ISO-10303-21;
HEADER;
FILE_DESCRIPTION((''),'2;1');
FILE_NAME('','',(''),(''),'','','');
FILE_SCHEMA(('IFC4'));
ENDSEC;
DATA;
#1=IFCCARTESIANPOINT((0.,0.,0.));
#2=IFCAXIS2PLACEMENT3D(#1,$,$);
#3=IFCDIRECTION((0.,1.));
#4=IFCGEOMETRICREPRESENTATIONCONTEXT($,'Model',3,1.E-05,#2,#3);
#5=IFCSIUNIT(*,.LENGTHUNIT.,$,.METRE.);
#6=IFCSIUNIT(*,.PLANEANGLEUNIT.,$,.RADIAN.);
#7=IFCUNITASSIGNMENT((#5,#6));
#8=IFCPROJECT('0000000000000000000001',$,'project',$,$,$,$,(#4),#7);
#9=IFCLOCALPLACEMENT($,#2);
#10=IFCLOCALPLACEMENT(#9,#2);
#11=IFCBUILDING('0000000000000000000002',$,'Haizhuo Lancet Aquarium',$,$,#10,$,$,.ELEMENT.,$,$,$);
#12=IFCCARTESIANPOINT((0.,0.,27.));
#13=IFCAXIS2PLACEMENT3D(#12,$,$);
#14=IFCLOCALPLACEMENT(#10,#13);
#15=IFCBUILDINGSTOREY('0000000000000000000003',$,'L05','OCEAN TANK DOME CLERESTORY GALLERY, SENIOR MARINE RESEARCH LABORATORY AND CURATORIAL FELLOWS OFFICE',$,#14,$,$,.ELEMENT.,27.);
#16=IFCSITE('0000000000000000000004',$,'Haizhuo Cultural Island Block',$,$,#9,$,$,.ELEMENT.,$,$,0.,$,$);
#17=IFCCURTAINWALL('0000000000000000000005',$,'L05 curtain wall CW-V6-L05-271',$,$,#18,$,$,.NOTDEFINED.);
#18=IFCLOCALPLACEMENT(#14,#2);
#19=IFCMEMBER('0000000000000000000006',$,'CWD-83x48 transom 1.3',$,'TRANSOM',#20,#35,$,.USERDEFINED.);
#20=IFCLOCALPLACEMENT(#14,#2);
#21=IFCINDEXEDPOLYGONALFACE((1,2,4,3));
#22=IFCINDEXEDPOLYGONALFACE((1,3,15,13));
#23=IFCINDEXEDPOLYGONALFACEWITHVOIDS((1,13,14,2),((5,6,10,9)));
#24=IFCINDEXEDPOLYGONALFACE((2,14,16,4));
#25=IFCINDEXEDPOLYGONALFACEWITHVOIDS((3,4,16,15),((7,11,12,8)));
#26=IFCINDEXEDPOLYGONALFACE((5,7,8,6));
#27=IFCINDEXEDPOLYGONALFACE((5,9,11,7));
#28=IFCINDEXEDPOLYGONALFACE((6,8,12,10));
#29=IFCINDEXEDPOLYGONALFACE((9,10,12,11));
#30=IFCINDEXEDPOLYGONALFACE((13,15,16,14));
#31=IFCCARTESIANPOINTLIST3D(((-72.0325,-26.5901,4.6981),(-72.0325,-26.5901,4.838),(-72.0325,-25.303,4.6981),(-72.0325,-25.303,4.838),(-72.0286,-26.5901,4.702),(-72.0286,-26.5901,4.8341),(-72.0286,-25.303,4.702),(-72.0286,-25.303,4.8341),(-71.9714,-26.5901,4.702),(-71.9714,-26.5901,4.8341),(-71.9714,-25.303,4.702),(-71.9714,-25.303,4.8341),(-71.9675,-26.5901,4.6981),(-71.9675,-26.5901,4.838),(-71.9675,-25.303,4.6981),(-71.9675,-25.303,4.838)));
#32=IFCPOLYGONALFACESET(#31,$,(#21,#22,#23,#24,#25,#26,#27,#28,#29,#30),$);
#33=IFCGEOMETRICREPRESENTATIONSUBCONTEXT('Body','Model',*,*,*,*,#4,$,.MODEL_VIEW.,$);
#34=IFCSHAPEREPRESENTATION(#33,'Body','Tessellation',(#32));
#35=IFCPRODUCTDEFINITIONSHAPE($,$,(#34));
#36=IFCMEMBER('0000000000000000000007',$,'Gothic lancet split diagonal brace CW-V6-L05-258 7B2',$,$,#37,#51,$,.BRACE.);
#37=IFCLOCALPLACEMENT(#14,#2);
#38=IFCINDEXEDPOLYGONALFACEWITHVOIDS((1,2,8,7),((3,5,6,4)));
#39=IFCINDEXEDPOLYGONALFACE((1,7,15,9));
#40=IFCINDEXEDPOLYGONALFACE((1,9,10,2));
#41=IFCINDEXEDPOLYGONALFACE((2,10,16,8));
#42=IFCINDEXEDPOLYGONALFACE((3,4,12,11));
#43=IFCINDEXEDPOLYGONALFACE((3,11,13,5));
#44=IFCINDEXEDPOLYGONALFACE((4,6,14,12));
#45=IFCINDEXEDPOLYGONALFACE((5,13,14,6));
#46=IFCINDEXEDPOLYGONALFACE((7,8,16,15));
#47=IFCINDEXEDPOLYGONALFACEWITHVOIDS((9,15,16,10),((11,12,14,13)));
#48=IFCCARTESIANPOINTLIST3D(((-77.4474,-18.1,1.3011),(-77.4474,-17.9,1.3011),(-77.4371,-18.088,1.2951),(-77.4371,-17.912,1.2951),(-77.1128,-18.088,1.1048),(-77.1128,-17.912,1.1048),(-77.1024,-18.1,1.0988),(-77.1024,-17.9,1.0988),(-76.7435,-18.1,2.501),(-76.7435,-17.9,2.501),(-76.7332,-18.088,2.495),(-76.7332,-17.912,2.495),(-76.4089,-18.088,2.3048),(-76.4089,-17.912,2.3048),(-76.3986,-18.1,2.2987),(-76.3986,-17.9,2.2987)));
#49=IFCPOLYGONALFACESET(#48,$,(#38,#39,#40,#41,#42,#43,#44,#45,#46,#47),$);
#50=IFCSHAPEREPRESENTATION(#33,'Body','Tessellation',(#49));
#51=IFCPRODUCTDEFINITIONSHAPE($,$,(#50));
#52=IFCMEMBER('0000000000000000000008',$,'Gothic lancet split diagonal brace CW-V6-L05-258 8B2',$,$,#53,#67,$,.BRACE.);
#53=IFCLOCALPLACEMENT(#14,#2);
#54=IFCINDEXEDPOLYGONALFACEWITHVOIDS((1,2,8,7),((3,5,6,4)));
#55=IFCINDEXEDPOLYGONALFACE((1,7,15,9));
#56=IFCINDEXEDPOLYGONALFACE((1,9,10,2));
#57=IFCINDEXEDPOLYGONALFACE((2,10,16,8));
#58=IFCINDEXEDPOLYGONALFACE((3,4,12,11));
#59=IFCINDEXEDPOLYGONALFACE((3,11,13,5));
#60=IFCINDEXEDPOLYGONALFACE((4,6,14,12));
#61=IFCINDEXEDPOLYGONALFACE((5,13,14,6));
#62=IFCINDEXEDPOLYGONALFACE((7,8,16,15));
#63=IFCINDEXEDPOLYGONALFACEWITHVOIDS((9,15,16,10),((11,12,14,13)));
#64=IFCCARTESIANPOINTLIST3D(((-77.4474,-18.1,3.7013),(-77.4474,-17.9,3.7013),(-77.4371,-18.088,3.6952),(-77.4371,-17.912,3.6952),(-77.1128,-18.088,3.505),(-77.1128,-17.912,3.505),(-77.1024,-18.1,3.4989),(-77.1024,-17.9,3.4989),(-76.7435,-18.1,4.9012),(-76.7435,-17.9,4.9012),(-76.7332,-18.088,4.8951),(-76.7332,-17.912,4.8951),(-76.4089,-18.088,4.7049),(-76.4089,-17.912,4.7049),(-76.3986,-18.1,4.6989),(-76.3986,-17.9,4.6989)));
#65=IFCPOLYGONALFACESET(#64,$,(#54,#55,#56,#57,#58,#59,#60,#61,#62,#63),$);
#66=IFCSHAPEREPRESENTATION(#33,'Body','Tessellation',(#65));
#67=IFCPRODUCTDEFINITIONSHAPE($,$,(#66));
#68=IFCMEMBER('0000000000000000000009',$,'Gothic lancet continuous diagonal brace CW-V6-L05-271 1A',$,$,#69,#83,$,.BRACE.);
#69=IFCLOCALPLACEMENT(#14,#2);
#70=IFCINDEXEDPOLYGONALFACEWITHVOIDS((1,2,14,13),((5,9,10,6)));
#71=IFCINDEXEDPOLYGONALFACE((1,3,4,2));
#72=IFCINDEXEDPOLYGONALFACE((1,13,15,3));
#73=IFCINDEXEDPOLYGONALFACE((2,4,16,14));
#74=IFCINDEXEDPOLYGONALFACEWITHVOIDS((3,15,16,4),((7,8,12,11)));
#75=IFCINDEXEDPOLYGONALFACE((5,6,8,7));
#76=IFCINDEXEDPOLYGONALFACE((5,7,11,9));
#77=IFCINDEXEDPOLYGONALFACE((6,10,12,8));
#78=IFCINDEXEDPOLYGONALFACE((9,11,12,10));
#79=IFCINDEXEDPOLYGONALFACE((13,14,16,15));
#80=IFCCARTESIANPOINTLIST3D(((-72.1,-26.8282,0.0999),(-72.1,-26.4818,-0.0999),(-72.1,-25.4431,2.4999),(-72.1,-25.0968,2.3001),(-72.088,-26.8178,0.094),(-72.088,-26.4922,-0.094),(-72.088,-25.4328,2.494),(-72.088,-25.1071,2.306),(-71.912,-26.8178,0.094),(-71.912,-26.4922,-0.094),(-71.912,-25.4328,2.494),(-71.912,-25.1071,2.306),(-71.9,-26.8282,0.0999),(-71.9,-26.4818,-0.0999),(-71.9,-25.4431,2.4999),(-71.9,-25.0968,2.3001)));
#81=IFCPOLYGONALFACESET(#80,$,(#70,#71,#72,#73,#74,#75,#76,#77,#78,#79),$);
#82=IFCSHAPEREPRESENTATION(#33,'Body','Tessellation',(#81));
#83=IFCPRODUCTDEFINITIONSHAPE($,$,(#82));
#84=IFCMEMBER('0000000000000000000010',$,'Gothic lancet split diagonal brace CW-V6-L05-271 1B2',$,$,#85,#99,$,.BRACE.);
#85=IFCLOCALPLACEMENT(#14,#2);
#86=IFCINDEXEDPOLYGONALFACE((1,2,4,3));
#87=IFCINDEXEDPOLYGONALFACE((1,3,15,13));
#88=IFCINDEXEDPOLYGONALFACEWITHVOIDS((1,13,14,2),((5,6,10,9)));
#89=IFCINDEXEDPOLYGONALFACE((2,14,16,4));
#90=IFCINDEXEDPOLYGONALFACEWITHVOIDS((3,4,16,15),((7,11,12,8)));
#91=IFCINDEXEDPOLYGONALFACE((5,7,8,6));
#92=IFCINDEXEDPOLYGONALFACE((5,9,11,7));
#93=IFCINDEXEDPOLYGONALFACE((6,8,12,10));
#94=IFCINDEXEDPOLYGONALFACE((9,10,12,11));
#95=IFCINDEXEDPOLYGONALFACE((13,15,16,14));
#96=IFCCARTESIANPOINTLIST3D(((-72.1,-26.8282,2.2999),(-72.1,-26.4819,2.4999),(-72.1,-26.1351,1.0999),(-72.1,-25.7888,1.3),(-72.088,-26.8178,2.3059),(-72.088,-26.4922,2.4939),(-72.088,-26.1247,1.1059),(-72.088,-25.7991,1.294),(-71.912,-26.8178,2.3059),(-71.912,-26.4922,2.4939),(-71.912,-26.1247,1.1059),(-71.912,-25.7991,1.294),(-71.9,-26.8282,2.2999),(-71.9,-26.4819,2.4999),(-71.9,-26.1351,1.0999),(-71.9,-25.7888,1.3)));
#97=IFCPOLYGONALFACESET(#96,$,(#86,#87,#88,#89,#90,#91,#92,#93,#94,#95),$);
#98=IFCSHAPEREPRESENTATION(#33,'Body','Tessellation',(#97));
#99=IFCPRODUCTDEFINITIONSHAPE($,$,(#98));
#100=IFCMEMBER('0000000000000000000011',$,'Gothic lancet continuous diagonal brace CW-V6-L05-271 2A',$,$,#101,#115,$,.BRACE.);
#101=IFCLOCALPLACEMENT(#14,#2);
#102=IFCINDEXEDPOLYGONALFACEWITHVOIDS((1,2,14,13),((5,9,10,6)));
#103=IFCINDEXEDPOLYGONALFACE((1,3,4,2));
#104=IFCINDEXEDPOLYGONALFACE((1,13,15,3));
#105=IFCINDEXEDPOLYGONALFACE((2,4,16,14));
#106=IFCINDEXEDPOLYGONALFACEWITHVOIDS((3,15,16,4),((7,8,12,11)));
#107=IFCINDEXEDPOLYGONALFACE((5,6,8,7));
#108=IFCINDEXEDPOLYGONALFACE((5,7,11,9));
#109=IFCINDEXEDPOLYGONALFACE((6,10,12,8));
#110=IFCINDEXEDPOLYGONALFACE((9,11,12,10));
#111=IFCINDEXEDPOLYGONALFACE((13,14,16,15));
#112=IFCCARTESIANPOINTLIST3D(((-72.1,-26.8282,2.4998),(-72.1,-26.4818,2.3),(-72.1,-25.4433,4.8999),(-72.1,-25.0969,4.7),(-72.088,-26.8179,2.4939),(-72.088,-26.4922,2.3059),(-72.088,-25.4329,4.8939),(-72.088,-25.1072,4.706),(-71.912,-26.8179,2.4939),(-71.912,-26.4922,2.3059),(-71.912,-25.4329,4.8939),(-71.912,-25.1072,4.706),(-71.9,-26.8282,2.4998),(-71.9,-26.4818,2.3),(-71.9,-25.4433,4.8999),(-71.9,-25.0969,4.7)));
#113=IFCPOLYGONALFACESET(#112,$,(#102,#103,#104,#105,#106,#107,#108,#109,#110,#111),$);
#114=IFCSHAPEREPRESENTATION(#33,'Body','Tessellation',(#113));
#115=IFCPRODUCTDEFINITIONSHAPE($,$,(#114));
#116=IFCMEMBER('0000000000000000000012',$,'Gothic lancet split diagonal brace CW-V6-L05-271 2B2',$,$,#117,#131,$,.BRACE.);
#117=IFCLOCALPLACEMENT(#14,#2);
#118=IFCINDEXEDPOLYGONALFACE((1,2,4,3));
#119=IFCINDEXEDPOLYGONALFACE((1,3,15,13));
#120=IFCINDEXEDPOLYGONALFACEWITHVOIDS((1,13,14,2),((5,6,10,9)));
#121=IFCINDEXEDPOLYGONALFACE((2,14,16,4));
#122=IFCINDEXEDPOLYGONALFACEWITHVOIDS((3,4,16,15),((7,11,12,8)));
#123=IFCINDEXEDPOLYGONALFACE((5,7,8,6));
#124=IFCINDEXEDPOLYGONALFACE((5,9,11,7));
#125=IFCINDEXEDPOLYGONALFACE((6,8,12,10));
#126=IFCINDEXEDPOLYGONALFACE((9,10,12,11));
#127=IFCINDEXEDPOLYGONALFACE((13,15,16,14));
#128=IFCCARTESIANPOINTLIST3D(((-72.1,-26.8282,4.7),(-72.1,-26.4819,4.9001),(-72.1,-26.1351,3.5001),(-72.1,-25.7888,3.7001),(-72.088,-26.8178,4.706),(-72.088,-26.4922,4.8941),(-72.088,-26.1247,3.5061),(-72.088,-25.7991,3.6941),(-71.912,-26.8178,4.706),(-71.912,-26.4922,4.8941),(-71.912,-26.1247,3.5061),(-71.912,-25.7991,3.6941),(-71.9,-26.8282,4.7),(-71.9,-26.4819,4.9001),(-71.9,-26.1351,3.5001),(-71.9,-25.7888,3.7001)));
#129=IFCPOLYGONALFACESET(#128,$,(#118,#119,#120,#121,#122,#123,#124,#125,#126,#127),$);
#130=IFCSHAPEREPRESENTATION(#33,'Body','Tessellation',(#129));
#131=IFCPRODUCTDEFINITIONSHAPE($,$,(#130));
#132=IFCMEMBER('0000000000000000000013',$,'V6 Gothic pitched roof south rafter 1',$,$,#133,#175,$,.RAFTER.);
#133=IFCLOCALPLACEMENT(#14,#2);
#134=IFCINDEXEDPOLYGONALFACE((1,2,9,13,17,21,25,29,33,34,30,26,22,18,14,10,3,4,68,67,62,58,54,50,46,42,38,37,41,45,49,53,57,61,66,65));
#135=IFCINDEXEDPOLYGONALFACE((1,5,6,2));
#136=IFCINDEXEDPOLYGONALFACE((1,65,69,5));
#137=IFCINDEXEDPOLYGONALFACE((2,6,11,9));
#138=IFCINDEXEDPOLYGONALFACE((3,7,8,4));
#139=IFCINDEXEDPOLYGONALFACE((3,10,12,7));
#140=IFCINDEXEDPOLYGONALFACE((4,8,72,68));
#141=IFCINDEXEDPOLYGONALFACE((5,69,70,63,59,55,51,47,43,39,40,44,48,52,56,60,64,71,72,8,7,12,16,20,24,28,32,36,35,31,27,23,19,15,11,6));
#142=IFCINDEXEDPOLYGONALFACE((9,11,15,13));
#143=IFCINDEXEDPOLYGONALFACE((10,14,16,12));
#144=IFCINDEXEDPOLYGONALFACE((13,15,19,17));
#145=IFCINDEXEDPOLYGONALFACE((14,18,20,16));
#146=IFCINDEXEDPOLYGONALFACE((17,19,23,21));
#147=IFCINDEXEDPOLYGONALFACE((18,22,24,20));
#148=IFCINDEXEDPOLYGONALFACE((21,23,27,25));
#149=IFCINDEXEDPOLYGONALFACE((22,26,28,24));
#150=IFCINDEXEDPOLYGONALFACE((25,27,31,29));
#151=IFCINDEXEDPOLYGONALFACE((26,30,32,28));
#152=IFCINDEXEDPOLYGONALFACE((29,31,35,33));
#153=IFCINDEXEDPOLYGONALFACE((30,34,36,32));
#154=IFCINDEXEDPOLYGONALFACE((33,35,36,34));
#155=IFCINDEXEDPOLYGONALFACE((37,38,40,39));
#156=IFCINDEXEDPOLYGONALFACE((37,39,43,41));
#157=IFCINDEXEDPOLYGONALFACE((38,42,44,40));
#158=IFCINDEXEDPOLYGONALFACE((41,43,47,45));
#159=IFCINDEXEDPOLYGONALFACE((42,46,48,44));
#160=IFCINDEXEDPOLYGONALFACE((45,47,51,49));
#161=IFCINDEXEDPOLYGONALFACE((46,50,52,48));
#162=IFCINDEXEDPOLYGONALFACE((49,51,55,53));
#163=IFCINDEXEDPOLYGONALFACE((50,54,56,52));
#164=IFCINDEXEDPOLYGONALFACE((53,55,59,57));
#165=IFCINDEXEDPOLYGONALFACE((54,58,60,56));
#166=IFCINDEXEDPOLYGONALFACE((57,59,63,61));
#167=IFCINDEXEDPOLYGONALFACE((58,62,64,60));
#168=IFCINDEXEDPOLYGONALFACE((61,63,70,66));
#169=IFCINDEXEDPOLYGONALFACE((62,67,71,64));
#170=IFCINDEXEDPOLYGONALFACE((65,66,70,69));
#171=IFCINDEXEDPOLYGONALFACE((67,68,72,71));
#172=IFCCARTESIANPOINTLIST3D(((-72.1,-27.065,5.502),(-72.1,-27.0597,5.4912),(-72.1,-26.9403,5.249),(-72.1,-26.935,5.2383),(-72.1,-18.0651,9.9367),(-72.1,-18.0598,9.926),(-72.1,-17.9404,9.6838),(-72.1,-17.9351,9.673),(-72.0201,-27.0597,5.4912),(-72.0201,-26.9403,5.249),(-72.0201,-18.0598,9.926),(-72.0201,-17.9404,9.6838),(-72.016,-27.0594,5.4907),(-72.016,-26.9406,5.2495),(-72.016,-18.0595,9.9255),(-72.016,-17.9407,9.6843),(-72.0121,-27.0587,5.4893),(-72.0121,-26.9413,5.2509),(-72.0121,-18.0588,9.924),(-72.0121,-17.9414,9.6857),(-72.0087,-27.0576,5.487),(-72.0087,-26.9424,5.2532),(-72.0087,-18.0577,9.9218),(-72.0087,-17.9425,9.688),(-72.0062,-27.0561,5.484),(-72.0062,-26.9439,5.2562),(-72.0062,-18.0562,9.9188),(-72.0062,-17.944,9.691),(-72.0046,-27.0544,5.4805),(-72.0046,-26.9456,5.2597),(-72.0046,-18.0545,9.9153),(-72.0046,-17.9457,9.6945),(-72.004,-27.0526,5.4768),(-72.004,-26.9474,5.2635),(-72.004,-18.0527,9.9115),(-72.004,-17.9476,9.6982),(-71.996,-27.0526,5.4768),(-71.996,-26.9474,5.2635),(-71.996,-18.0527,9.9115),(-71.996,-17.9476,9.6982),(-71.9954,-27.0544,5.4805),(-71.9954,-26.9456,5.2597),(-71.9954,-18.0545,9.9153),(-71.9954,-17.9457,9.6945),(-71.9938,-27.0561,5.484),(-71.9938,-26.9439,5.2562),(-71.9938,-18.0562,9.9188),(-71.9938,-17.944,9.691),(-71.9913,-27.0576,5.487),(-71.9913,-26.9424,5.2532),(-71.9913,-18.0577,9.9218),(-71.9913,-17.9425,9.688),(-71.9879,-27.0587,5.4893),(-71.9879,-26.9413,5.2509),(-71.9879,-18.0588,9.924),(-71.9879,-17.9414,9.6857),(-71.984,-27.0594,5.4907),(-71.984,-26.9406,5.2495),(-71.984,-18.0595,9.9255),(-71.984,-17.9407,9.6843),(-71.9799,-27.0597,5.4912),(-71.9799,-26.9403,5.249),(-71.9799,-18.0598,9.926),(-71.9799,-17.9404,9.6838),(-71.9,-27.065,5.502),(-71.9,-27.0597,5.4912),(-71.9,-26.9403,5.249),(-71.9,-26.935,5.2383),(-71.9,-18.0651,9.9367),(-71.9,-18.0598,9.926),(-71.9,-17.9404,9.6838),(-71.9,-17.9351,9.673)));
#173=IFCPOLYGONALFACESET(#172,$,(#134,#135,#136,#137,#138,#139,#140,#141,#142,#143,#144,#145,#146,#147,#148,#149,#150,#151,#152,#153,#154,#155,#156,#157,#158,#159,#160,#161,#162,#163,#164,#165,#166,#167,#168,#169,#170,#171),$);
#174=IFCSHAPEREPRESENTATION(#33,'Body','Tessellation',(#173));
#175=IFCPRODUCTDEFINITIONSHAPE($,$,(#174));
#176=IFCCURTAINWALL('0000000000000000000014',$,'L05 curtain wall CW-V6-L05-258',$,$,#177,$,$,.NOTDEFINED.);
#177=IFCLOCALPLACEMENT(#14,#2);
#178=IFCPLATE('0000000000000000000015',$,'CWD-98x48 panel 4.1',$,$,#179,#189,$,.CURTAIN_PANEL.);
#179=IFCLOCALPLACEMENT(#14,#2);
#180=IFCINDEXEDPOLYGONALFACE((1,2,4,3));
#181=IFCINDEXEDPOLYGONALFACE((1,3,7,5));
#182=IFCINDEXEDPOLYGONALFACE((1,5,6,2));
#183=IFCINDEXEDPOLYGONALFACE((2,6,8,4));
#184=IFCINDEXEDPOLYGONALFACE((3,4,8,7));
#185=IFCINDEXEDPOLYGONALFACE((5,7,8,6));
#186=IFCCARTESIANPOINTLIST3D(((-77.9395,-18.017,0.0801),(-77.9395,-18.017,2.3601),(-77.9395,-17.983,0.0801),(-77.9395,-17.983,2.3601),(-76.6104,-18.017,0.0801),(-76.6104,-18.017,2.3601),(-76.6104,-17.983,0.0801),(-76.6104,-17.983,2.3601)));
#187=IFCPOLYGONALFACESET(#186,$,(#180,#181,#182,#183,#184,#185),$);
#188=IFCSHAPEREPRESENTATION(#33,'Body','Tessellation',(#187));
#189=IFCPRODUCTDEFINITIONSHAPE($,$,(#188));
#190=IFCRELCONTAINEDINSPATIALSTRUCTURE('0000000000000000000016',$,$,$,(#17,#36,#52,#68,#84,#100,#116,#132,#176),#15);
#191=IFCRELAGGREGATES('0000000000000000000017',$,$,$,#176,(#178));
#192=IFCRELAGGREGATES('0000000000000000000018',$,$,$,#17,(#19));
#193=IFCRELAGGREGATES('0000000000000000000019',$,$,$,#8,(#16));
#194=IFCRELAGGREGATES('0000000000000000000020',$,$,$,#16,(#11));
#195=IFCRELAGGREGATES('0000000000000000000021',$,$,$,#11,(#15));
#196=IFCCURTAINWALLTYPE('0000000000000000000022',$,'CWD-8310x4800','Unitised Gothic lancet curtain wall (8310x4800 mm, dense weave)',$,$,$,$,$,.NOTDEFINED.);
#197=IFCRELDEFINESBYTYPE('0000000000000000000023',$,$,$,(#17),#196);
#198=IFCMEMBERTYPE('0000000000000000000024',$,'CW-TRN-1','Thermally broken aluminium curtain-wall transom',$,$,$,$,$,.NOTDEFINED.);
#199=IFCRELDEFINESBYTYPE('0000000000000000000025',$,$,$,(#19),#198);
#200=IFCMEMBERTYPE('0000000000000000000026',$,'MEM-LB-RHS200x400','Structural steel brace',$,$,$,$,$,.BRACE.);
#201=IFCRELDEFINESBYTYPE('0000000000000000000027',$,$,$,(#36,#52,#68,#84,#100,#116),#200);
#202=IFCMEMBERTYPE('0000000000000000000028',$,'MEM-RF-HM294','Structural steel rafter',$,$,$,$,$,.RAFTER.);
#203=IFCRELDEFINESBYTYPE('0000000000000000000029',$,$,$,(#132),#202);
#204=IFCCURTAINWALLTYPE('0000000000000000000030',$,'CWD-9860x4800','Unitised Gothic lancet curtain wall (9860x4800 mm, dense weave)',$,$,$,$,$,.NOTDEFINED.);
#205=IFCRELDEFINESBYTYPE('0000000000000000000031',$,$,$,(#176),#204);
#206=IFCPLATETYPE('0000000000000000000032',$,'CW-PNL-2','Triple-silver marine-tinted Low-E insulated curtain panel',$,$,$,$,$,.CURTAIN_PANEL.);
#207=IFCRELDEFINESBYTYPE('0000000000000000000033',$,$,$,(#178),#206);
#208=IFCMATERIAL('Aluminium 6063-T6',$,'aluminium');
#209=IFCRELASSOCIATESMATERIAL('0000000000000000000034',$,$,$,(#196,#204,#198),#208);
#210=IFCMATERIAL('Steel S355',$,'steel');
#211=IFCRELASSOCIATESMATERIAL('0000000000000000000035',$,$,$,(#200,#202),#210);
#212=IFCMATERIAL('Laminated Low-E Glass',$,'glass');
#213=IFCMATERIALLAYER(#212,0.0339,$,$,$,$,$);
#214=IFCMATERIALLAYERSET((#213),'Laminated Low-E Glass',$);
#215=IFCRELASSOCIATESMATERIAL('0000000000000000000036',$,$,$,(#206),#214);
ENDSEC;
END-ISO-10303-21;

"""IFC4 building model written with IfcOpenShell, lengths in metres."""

from ifc_helpers import new_model, si_unit, direction, frame, origin, origin_2d, place, context, subcontext, project, spatial, rectangle, hollow_rectangle, i_section, extrude, material, layer, layer_set, material_profile, profile_set, type_object, element, aggregate, save


model = new_model("IFC4")

# Units and contexts
model_context = context("Model", 3, precision=1e-05, world=origin(), true_north=direction((0.0, 1.0)))
body_context = subcontext(model_context, "Body", "Model", "MODEL_VIEW")
ifc_project = project(units=[si_unit("LENGTHUNIT", "METRE"), si_unit("PLANEANGLEUNIT", "RADIAN")], contexts=[model_context])

# Site, building, storey
site_placement = place(None, origin())
site = spatial("IfcSite", under=ifc_project, at=site_placement, Name="Haizhuo Cultural Island Block", CompositionType="ELEMENT", RefElevation=0.0)
building_placement = place(site_placement, origin())
building = spatial("IfcBuilding", under=site, at=building_placement, Name="Haizhuo Lancet Aquarium", CompositionType="ELEMENT")
storey_placement = place(building_placement, frame((0.0, 0.0, 27.0)))
storey = spatial("IfcBuildingStorey", under=building, at=storey_placement, Name="L05", Description="OCEAN TANK DOME CLERESTORY GALLERY, SENIOR MARINE RESEARCH LABORATORY AND CURATORIAL FELLOWS OFFICE", CompositionType="ELEMENT", Elevation=27.0)

# Shared definitions
ifc_material_1 = material(Name="Steel S355", Category="steel")

# Curtain wall, member
ifc_material_2 = material(Name="Aluminium 6063-T6", Category="aluminium")
curtain_wall_type_1 = type_object("IfcCurtainWallType", Name="CWD-8310x4800", Description="Unitised Gothic lancet curtain wall (8310x4800 mm, dense weave)", PredefinedType="NOTDEFINED", material=ifc_material_2)
curtain_wall_1_placement = place(storey_placement, origin())
curtain_wall_1 = element("IfcCurtainWall", 1, at=curtain_wall_1_placement, inside=storey, type_object=curtain_wall_type_1, Name="L05 curtain wall CW-V6-L05-271", PredefinedType="NOTDEFINED")
ifc_material_profile_1 = material_profile(ifc_material_2, hollow_rectangle(XDim=0.0649, YDim=0.1399, WallThickness=0.0039, at=origin_2d()), Name="ALU-T 65x140x4")
ifc_profile_set_1 = profile_set([ifc_material_profile_1], Name="Aluminium 6063-T6")
member_type_1 = type_object("IfcMemberType", Name="CW-TRN-1", Description="Thermally broken aluminium curtain-wall transom", PredefinedType="NOTDEFINED", material=ifc_profile_set_1)
member_1_placement = place(storey_placement, frame((-72.0, -26.5901, 4.7681), z_axis=(0.0, 1.0, 0.0), x_axis=(-1.0, 0.0, 0.0)))
member_1 = element("IfcMember", 2, at=member_1_placement, type_object=member_type_1, Name="CWD-83x48 transom 1.3", ObjectType="TRANSOM", PredefinedType="USERDEFINED", context=body_context, shape_type="SweptSolid", body=[
    extrude(hollow_rectangle(XDim=0.0649, YDim=0.1399, WallThickness=0.0039, at=origin_2d()), origin(), (0.0, 0.0, 1.0), 1.2871),
])

# Members
ifc_material_profile_2 = material_profile(ifc_material_1, hollow_rectangle(XDim=0.2, YDim=0.3999, WallThickness=0.012, at=origin_2d()), Name="RHS 200x400x12")
ifc_profile_set_2 = profile_set([ifc_material_profile_2], Name="Steel S355")
member_type_2 = type_object("IfcMemberType", Name="MEM-LB-RHS200x400", Description="Structural steel brace", PredefinedType="BRACE", material=ifc_profile_set_2)
for number, where, z_axis, x_axis, name in (
    (3, (-77.2749, -18.0, 1.2), (0.505954, 0.0, 0.862561), (0.0, 1.0, 0.0), "Gothic lancet split diagonal brace CW-V6-L05-258 7B2"),
    (4, (-77.2749, -18.0, 3.6001), (0.505954, 0.0, 0.862561), (0.0, 1.0, 0.0), "Gothic lancet split diagonal brace CW-V6-L05-258 8B2"),
):
    element("IfcMember", number, at=place(storey_placement, frame(where, z_axis=z_axis, x_axis=x_axis)), inside=storey, type_object=member_type_2, Name=name, PredefinedType="BRACE", context=body_context, shape_type="SweptSolid", body=[
        extrude(hollow_rectangle(XDim=0.2, YDim=0.3999, WallThickness=0.012, at=origin_2d()), origin(), (0.0, 0.0, 1.0), 1.3911),
    ])
member_2_placement = place(storey_placement, frame((-72.0, -26.655, 0.0), z_axis=(0.0, 0.499844, 0.866115), x_axis=(-1.0, 0.0, 0.0)))
element("IfcMember", 5, at=member_2_placement, inside=storey, type_object=member_type_2, Name="Gothic lancet continuous diagonal brace CW-V6-L05-271 1A", PredefinedType="BRACE", context=body_context, shape_type="SweptSolid", body=[
    extrude(hollow_rectangle(XDim=0.2, YDim=0.3999, WallThickness=0.012, at=origin_2d()), origin(), (0.0, 0.0, 1.0), 2.771),
])
member_3_placement = place(storey_placement, frame((-72.0, -25.9619, 1.2), z_axis=(0.0, -0.500175, 0.865924), x_axis=(1.0, 0.0, 0.0)))
element("IfcMember", 6, at=member_3_placement, inside=storey, type_object=member_type_2, Name="Gothic lancet split diagonal brace CW-V6-L05-271 1B2", PredefinedType="BRACE", context=body_context, shape_type="SweptSolid", body=[
    extrude(hollow_rectangle(XDim=0.2, YDim=0.3999, WallThickness=0.012, at=origin_2d()), origin(), (0.0, 0.0, 1.0), 1.3857),
])
member_4_placement = place(storey_placement, frame((-72.0, -26.655, 2.3999), z_axis=(0.0, 0.499806, 0.866137), x_axis=(-1.0, 0.0, 0.0)))
element("IfcMember", 7, at=member_4_placement, inside=storey, type_object=member_type_2, Name="Gothic lancet continuous diagonal brace CW-V6-L05-271 2A", PredefinedType="BRACE", context=body_context, shape_type="SweptSolid", body=[
    extrude(hollow_rectangle(XDim=0.2, YDim=0.3999, WallThickness=0.012, at=origin_2d()), origin(), (0.0, 0.0, 1.0), 2.771),
])
member_5_placement = place(storey_placement, frame((-72.0, -25.9619, 3.6001), z_axis=(0.0, -0.500175, 0.865924), x_axis=(1.0, 0.0, 0.0)))
element("IfcMember", 8, at=member_5_placement, inside=storey, type_object=member_type_2, Name="Gothic lancet split diagonal brace CW-V6-L05-271 2B2", PredefinedType="BRACE", context=body_context, shape_type="SweptSolid", body=[
    extrude(hollow_rectangle(XDim=0.2, YDim=0.3999, WallThickness=0.012, at=origin_2d()), origin(), (0.0, 0.0, 1.0), 1.3857),
])
ifc_material_profile_3 = material_profile(ifc_material_1, i_section(OverallWidth=0.2, OverallDepth=0.2939, WebThickness=0.0081, FlangeThickness=0.012, FilletRadius=0.0161, at=origin_2d()), Name="HM 294x200x8x12")
ifc_profile_set_3 = profile_set([ifc_material_profile_3], Name="Steel S355")
member_type_3 = type_object("IfcMemberType", Name="MEM-RF-HM294", Description="Structural steel rafter", PredefinedType="RAFTER", material=ifc_profile_set_3)
member_6_placement = place(storey_placement, frame((-72.0, -27.0, 5.3701), z_axis=(0.0, 0.897011, 0.442009), x_axis=(-1.0, 0.0, 0.0)))
element("IfcMember", 9, at=member_6_placement, inside=storey, type_object=member_type_3, Name="V6 Gothic pitched roof south rafter 1", PredefinedType="RAFTER", context=body_context, shape_type="SweptSolid", body=[
    extrude(i_section(OverallWidth=0.2, OverallDepth=0.2939, WebThickness=0.0081, FlangeThickness=0.012, FilletRadius=0.0161, at=origin_2d()), origin(), (0.0, 0.0, 1.0), 10.0332),
])

# Curtain wall, plate
curtain_wall_type_2 = type_object("IfcCurtainWallType", Name="CWD-9860x4800", Description="Unitised Gothic lancet curtain wall (9860x4800 mm, dense weave)", PredefinedType="NOTDEFINED", material=ifc_material_2)
curtain_wall_2_placement = place(storey_placement, origin())
curtain_wall_2 = element("IfcCurtainWall", 10, at=curtain_wall_2_placement, inside=storey, type_object=curtain_wall_type_2, Name="L05 curtain wall CW-V6-L05-258", PredefinedType="NOTDEFINED")
ifc_material_3 = material(Name="Laminated Low-E Glass", Category="glass")
ifc_layer_1 = layer(ifc_material_3, 0.0339)
ifc_layer_set_1 = layer_set([ifc_layer_1], Name="Laminated Low-E Glass")
plate_type_1 = type_object("IfcPlateType", Name="CW-PNL-2", Description="Triple-silver marine-tinted Low-E insulated curtain panel", PredefinedType="CURTAIN_PANEL", material=ifc_layer_set_1)
plate_1_placement = place(storey_placement, frame((-77.2749, -18.0, 0.0801), z_axis=(0.0, 0.0, 1.0), x_axis=(-1.0, 0.0, 0.0)))
plate_1 = element("IfcPlate", 11, at=plate_1_placement, type_object=plate_type_1, Name="CWD-98x48 panel 4.1", PredefinedType="CURTAIN_PANEL", context=body_context, shape_type="SweptSolid", body=[
    extrude(rectangle(XDim=1.3291, YDim=0.0339, at=origin_2d()), origin(), (0.0, 0.0, 1.0), 2.28),
])
aggregate(curtain_wall_2, [plate_1])

aggregate(curtain_wall_1, [member_1])

save(model, "model.ifc")
